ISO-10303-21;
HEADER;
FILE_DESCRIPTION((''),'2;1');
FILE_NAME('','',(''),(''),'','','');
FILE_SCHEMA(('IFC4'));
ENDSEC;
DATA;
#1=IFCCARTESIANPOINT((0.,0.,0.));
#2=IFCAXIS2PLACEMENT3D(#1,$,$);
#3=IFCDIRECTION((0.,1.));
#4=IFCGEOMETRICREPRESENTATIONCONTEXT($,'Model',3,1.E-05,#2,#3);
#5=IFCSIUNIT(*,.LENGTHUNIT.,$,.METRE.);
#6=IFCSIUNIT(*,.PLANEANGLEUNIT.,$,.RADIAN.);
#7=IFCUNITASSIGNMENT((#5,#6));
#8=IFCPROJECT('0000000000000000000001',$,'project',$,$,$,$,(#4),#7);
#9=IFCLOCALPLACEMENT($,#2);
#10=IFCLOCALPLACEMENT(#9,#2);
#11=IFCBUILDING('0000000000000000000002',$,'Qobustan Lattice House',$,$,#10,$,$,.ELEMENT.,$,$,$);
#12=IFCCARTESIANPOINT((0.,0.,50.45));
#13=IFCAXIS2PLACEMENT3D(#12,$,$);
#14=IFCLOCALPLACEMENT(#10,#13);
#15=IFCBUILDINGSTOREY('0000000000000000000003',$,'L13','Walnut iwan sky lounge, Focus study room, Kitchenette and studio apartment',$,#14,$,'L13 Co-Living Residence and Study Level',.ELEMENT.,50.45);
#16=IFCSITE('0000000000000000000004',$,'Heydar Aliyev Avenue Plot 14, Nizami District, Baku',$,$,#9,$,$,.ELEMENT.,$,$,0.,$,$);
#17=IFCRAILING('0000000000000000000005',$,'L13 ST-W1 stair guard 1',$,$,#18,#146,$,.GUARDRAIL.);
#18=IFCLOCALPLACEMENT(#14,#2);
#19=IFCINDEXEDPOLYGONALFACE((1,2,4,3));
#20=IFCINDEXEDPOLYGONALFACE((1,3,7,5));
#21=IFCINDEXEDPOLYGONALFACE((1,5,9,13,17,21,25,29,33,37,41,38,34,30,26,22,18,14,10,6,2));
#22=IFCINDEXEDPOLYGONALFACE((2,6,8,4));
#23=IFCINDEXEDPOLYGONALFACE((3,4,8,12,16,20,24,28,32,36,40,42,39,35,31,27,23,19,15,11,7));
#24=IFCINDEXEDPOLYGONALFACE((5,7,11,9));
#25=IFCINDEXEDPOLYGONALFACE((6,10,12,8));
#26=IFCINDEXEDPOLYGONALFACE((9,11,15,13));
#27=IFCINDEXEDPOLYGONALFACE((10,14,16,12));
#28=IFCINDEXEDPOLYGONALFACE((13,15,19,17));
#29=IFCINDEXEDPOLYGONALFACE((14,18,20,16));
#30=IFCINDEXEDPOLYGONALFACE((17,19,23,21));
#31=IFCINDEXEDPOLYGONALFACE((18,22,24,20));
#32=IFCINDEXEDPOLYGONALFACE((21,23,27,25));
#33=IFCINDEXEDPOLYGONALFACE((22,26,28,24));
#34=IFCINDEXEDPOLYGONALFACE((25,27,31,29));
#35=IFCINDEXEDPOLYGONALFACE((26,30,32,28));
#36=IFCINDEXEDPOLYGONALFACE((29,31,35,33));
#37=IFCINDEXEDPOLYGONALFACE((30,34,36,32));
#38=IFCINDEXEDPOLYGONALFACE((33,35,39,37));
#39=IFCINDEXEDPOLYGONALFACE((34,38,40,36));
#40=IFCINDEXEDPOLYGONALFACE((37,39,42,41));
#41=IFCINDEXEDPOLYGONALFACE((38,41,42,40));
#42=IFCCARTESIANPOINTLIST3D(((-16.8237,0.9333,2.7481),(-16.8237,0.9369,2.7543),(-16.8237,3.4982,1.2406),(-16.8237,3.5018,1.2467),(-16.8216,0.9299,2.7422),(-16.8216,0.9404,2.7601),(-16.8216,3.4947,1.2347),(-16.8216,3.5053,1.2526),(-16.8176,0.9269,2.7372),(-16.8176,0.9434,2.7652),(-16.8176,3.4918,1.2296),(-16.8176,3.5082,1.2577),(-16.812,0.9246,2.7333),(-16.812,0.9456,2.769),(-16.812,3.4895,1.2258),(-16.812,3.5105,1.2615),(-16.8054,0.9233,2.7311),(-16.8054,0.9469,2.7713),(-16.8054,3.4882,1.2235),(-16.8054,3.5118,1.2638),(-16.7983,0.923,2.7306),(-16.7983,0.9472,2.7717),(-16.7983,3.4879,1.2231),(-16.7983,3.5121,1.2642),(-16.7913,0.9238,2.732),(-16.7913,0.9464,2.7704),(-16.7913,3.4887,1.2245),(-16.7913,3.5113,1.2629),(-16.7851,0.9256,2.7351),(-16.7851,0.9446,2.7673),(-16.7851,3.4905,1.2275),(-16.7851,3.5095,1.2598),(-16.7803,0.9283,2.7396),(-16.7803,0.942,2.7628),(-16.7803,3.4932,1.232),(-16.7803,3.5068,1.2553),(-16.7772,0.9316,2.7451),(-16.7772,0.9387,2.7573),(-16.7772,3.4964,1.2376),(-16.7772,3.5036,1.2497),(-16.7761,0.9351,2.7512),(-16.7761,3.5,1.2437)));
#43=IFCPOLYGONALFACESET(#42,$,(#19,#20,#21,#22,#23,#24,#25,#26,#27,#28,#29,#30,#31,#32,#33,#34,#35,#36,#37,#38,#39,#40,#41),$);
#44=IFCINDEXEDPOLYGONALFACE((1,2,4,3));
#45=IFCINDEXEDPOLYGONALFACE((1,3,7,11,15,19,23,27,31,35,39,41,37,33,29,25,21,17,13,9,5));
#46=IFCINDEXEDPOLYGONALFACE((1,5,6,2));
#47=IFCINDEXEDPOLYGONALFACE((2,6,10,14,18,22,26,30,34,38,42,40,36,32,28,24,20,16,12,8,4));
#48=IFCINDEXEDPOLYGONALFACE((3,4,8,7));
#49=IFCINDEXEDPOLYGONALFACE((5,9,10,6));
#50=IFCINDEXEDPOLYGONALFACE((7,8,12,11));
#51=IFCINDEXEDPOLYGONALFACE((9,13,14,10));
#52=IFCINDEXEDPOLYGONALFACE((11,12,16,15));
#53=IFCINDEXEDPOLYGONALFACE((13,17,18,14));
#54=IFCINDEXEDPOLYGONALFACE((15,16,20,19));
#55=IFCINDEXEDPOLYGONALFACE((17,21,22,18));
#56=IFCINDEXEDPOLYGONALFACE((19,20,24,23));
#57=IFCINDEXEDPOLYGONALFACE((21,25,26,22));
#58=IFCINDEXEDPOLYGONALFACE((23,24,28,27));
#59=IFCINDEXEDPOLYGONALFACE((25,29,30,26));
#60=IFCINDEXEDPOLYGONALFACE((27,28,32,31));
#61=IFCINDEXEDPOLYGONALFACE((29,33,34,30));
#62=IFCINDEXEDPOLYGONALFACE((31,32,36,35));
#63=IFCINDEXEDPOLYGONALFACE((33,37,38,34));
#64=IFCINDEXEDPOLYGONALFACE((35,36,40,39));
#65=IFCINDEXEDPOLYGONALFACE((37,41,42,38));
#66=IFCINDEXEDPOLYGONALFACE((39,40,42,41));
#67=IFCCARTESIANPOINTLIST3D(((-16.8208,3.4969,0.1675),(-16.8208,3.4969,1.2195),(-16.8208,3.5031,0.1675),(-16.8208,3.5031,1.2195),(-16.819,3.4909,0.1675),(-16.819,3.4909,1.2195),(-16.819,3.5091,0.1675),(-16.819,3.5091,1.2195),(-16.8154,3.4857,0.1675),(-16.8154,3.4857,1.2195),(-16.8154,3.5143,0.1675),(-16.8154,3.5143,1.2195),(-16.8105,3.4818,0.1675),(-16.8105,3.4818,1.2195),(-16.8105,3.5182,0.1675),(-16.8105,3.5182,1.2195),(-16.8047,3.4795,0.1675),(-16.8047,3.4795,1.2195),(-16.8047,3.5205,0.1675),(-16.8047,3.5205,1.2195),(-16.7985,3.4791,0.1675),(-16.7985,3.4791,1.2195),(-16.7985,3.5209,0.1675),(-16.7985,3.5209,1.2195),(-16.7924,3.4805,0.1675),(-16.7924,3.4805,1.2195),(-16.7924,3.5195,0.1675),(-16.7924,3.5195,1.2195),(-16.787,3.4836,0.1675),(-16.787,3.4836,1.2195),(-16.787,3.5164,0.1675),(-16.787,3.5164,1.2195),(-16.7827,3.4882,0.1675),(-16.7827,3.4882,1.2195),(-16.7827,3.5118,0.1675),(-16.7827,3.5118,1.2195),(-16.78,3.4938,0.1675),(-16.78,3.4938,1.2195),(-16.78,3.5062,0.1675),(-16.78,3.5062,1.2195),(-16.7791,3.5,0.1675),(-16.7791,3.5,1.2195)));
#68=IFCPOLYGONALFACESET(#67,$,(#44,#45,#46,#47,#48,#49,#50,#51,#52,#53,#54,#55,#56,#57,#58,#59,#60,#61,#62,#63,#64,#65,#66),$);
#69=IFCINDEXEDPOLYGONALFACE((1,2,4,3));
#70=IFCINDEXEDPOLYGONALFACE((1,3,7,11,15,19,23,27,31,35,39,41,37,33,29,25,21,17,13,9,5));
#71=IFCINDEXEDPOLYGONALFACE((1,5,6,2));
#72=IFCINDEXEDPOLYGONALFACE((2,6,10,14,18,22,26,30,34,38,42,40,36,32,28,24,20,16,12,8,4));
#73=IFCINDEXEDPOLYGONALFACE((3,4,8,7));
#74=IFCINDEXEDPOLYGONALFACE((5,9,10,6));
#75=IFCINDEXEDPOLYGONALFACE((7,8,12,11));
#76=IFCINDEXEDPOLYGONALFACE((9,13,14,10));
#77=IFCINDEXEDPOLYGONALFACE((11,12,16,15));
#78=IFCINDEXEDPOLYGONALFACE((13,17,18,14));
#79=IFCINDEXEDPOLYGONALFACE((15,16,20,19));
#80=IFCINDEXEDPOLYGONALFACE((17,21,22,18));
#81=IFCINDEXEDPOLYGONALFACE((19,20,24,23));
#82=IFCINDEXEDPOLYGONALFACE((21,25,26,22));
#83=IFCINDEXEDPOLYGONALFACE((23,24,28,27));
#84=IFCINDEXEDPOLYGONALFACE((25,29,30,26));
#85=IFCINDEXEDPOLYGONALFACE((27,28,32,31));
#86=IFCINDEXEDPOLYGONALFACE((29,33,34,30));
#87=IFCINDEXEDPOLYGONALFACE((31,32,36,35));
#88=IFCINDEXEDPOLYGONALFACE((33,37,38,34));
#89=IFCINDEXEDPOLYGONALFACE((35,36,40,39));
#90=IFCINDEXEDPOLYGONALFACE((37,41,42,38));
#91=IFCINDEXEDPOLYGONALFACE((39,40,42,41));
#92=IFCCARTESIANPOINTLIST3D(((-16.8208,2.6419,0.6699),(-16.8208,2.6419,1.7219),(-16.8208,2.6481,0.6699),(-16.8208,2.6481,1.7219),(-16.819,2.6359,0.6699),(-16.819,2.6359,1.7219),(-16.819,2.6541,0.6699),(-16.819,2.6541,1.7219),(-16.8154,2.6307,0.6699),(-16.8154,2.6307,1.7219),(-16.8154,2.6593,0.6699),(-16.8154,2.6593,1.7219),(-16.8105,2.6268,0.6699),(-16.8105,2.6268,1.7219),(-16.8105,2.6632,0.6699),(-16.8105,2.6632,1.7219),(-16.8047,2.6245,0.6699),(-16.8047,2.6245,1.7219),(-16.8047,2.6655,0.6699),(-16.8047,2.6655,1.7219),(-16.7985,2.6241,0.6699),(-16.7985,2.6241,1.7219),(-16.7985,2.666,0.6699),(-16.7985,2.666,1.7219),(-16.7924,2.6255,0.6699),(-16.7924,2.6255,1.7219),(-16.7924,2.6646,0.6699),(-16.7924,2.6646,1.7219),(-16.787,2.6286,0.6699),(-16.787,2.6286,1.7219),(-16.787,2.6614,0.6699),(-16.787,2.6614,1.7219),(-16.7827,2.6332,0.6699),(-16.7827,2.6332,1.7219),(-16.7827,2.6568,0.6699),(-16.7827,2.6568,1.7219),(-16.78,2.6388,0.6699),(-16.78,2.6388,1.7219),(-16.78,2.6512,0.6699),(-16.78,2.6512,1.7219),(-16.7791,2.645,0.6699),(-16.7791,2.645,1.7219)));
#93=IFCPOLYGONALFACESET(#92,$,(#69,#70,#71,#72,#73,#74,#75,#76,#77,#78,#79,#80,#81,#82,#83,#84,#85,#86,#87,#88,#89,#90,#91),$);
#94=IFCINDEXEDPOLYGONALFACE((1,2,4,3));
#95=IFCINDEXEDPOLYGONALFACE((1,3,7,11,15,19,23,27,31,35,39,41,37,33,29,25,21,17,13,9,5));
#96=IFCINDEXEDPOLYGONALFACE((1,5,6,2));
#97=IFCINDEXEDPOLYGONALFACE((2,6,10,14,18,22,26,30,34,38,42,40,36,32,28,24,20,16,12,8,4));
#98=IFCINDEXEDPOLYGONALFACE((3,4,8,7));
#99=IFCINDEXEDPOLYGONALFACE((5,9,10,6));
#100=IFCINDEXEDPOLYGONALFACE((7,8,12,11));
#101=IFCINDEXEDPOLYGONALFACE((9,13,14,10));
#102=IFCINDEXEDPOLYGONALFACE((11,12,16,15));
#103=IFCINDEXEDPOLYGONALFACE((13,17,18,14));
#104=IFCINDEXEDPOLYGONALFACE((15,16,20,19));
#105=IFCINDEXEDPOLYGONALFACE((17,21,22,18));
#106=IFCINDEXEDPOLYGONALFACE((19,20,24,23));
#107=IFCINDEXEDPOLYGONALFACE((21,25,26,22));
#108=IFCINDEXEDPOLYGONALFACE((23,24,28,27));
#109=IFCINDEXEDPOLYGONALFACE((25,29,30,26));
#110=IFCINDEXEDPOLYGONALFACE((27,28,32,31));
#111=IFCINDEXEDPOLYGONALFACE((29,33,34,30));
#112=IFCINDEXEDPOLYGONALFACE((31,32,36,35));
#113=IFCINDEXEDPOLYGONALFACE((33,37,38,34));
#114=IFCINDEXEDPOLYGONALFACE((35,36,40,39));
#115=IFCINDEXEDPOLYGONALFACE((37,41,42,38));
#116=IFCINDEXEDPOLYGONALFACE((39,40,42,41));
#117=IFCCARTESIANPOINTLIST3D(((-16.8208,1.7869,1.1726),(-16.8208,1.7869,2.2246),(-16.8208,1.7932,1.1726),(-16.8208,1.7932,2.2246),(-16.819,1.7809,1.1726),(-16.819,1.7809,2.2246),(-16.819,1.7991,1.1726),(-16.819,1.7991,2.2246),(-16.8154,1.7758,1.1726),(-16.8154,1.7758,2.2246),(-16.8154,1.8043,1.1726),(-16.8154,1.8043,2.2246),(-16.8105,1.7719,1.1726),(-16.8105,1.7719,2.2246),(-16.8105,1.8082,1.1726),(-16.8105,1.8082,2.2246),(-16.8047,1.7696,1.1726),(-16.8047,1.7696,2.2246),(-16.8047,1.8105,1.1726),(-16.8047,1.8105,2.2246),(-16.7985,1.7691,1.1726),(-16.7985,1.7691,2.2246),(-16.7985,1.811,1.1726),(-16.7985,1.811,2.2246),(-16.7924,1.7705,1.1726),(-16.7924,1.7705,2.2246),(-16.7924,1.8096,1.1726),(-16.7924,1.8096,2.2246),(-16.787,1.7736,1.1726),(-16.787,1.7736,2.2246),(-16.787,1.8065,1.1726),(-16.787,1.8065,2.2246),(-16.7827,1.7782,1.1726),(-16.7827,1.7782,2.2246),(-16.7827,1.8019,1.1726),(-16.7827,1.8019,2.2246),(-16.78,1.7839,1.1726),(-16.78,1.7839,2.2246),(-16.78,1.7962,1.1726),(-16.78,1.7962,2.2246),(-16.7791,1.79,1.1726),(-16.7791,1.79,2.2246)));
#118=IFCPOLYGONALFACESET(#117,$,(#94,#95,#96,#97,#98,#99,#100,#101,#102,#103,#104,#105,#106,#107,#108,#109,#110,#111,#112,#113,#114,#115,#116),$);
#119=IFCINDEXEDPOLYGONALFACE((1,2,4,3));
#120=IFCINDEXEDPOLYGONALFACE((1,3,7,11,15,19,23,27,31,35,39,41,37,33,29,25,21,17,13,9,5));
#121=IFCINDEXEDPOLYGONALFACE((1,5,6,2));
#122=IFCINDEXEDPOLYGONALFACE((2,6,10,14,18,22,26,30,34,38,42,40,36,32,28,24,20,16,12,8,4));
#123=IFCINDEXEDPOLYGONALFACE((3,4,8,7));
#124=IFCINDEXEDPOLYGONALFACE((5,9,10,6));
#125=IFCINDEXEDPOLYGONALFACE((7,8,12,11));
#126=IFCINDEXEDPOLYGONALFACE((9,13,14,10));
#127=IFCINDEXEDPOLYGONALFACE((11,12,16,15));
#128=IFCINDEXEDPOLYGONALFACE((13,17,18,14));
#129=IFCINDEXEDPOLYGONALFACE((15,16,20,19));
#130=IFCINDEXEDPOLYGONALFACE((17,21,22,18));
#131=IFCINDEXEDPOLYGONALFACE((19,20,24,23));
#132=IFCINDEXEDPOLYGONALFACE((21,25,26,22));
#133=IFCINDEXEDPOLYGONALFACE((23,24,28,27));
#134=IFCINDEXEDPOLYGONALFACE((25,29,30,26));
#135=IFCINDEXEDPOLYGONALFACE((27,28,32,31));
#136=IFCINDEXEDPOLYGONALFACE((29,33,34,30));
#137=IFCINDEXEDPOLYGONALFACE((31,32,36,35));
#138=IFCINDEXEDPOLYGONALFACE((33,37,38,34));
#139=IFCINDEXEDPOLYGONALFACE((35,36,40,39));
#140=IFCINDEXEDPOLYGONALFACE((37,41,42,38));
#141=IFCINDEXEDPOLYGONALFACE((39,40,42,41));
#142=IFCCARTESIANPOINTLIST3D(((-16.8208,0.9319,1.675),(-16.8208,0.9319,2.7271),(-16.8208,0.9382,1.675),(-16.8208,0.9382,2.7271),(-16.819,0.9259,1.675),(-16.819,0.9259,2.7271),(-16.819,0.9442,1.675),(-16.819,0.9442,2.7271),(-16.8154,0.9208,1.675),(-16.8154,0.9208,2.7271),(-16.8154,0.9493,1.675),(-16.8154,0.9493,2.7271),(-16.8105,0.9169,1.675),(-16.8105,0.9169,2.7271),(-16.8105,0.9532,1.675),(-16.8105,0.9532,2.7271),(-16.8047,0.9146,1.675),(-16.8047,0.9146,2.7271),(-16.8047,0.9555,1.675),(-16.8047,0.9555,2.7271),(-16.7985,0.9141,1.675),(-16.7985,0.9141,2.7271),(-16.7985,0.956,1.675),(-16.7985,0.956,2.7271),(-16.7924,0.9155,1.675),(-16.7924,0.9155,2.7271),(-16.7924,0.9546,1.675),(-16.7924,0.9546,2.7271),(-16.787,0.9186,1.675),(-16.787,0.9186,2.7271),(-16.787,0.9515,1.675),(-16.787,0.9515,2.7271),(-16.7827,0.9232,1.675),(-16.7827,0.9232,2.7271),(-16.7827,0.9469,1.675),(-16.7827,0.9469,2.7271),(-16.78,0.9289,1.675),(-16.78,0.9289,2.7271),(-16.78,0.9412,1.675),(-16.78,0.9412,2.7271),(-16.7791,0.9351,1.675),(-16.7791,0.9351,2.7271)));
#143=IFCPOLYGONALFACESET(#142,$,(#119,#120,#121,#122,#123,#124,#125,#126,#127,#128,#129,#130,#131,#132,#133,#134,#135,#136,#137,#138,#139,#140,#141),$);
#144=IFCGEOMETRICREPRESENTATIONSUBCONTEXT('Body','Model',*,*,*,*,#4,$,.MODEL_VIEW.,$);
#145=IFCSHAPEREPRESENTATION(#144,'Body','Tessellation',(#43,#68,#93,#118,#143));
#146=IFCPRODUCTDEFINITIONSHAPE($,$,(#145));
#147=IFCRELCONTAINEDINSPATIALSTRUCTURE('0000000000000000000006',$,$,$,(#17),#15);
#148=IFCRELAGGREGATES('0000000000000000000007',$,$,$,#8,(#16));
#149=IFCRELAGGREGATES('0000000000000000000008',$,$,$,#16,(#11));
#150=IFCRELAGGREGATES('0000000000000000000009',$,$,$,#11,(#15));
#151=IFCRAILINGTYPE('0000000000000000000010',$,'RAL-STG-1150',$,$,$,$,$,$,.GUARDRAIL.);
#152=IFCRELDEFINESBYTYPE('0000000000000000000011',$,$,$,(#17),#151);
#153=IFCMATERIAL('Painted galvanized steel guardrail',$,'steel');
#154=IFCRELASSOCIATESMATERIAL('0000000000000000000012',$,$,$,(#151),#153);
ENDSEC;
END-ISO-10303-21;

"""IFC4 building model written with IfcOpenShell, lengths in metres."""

from ifc_helpers import new_model, si_unit, direction, frame, origin, origin_2d, place, context, subcontext, project, spatial, circle, extrude, material, type_object, element, save


model = new_model("IFC4")

# Units and contexts
model_context = context("Model", 3, precision=1e-05, world=origin(), true_north=direction((0.0, 1.0)))
body_context = subcontext(model_context, "Body", "Model", "MODEL_VIEW")
ifc_project = project(units=[si_unit("LENGTHUNIT", "METRE"), si_unit("PLANEANGLEUNIT", "RADIAN")], contexts=[model_context])

# Site, building, storey
site_placement = place(None, origin())
site = spatial("IfcSite", under=ifc_project, at=site_placement, Name="Heydar Aliyev Avenue Plot 14, Nizami District, Baku", CompositionType="ELEMENT", RefElevation=0.0)
building_placement = place(site_placement, origin())
building = spatial("IfcBuilding", under=site, at=building_placement, Name="Qobustan Lattice House", CompositionType="ELEMENT")
storey_placement = place(building_placement, frame((0.0, 0.0, 50.45)))
storey = spatial("IfcBuildingStorey", under=building, at=storey_placement, Name="L13", Description="Walnut iwan sky lounge, Focus study room, Kitchenette and studio apartment", LongName="L13 Co-Living Residence and Study Level", CompositionType="ELEMENT", Elevation=50.45)

# Railing
ifc_material_1 = material(Name="Painted galvanized steel guardrail", Category="steel")
railing_type_1 = type_object("IfcRailingType", Name="RAL-STG-1150", PredefinedType="GUARDRAIL", material=ifc_material_1)
railing_1_placement = place(storey_placement, frame((-16.8, 3.5, 0.1675)))
element("IfcRailing", 1, at=railing_1_placement, inside=storey, type_object=railing_type_1, Name="L13 ST-W1 stair guard 1", PredefinedType="GUARDRAIL", context=body_context, shape_type="SweptSolid", body=[
    extrude(circle(Radius=0.0239, at=origin_2d()), frame((0.0, 0.0, 1.0762), z_axis=(0.0, -0.862113, 0.506715), x_axis=(1.0, 0.0, 0.0)), (0.0, 0.0, 1.0), 2.9751),
    extrude(circle(Radius=0.021, at=origin_2d()), origin(), (0.0, 0.0, 1.0), 1.052),
    extrude(circle(Radius=0.021, at=origin_2d()), frame((0.0, -0.855, 0.5024)), (0.0, 0.0, 1.0), 1.052),
    extrude(circle(Radius=0.021, at=origin_2d()), frame((0.0, -1.71, 1.0051)), (0.0, 0.0, 1.0), 1.052),
    extrude(circle(Radius=0.021, at=origin_2d()), frame((0.0, -2.5649, 1.5076)), (0.0, 0.0, 1.0), 1.052),
])

save(model, "model.ifc")
